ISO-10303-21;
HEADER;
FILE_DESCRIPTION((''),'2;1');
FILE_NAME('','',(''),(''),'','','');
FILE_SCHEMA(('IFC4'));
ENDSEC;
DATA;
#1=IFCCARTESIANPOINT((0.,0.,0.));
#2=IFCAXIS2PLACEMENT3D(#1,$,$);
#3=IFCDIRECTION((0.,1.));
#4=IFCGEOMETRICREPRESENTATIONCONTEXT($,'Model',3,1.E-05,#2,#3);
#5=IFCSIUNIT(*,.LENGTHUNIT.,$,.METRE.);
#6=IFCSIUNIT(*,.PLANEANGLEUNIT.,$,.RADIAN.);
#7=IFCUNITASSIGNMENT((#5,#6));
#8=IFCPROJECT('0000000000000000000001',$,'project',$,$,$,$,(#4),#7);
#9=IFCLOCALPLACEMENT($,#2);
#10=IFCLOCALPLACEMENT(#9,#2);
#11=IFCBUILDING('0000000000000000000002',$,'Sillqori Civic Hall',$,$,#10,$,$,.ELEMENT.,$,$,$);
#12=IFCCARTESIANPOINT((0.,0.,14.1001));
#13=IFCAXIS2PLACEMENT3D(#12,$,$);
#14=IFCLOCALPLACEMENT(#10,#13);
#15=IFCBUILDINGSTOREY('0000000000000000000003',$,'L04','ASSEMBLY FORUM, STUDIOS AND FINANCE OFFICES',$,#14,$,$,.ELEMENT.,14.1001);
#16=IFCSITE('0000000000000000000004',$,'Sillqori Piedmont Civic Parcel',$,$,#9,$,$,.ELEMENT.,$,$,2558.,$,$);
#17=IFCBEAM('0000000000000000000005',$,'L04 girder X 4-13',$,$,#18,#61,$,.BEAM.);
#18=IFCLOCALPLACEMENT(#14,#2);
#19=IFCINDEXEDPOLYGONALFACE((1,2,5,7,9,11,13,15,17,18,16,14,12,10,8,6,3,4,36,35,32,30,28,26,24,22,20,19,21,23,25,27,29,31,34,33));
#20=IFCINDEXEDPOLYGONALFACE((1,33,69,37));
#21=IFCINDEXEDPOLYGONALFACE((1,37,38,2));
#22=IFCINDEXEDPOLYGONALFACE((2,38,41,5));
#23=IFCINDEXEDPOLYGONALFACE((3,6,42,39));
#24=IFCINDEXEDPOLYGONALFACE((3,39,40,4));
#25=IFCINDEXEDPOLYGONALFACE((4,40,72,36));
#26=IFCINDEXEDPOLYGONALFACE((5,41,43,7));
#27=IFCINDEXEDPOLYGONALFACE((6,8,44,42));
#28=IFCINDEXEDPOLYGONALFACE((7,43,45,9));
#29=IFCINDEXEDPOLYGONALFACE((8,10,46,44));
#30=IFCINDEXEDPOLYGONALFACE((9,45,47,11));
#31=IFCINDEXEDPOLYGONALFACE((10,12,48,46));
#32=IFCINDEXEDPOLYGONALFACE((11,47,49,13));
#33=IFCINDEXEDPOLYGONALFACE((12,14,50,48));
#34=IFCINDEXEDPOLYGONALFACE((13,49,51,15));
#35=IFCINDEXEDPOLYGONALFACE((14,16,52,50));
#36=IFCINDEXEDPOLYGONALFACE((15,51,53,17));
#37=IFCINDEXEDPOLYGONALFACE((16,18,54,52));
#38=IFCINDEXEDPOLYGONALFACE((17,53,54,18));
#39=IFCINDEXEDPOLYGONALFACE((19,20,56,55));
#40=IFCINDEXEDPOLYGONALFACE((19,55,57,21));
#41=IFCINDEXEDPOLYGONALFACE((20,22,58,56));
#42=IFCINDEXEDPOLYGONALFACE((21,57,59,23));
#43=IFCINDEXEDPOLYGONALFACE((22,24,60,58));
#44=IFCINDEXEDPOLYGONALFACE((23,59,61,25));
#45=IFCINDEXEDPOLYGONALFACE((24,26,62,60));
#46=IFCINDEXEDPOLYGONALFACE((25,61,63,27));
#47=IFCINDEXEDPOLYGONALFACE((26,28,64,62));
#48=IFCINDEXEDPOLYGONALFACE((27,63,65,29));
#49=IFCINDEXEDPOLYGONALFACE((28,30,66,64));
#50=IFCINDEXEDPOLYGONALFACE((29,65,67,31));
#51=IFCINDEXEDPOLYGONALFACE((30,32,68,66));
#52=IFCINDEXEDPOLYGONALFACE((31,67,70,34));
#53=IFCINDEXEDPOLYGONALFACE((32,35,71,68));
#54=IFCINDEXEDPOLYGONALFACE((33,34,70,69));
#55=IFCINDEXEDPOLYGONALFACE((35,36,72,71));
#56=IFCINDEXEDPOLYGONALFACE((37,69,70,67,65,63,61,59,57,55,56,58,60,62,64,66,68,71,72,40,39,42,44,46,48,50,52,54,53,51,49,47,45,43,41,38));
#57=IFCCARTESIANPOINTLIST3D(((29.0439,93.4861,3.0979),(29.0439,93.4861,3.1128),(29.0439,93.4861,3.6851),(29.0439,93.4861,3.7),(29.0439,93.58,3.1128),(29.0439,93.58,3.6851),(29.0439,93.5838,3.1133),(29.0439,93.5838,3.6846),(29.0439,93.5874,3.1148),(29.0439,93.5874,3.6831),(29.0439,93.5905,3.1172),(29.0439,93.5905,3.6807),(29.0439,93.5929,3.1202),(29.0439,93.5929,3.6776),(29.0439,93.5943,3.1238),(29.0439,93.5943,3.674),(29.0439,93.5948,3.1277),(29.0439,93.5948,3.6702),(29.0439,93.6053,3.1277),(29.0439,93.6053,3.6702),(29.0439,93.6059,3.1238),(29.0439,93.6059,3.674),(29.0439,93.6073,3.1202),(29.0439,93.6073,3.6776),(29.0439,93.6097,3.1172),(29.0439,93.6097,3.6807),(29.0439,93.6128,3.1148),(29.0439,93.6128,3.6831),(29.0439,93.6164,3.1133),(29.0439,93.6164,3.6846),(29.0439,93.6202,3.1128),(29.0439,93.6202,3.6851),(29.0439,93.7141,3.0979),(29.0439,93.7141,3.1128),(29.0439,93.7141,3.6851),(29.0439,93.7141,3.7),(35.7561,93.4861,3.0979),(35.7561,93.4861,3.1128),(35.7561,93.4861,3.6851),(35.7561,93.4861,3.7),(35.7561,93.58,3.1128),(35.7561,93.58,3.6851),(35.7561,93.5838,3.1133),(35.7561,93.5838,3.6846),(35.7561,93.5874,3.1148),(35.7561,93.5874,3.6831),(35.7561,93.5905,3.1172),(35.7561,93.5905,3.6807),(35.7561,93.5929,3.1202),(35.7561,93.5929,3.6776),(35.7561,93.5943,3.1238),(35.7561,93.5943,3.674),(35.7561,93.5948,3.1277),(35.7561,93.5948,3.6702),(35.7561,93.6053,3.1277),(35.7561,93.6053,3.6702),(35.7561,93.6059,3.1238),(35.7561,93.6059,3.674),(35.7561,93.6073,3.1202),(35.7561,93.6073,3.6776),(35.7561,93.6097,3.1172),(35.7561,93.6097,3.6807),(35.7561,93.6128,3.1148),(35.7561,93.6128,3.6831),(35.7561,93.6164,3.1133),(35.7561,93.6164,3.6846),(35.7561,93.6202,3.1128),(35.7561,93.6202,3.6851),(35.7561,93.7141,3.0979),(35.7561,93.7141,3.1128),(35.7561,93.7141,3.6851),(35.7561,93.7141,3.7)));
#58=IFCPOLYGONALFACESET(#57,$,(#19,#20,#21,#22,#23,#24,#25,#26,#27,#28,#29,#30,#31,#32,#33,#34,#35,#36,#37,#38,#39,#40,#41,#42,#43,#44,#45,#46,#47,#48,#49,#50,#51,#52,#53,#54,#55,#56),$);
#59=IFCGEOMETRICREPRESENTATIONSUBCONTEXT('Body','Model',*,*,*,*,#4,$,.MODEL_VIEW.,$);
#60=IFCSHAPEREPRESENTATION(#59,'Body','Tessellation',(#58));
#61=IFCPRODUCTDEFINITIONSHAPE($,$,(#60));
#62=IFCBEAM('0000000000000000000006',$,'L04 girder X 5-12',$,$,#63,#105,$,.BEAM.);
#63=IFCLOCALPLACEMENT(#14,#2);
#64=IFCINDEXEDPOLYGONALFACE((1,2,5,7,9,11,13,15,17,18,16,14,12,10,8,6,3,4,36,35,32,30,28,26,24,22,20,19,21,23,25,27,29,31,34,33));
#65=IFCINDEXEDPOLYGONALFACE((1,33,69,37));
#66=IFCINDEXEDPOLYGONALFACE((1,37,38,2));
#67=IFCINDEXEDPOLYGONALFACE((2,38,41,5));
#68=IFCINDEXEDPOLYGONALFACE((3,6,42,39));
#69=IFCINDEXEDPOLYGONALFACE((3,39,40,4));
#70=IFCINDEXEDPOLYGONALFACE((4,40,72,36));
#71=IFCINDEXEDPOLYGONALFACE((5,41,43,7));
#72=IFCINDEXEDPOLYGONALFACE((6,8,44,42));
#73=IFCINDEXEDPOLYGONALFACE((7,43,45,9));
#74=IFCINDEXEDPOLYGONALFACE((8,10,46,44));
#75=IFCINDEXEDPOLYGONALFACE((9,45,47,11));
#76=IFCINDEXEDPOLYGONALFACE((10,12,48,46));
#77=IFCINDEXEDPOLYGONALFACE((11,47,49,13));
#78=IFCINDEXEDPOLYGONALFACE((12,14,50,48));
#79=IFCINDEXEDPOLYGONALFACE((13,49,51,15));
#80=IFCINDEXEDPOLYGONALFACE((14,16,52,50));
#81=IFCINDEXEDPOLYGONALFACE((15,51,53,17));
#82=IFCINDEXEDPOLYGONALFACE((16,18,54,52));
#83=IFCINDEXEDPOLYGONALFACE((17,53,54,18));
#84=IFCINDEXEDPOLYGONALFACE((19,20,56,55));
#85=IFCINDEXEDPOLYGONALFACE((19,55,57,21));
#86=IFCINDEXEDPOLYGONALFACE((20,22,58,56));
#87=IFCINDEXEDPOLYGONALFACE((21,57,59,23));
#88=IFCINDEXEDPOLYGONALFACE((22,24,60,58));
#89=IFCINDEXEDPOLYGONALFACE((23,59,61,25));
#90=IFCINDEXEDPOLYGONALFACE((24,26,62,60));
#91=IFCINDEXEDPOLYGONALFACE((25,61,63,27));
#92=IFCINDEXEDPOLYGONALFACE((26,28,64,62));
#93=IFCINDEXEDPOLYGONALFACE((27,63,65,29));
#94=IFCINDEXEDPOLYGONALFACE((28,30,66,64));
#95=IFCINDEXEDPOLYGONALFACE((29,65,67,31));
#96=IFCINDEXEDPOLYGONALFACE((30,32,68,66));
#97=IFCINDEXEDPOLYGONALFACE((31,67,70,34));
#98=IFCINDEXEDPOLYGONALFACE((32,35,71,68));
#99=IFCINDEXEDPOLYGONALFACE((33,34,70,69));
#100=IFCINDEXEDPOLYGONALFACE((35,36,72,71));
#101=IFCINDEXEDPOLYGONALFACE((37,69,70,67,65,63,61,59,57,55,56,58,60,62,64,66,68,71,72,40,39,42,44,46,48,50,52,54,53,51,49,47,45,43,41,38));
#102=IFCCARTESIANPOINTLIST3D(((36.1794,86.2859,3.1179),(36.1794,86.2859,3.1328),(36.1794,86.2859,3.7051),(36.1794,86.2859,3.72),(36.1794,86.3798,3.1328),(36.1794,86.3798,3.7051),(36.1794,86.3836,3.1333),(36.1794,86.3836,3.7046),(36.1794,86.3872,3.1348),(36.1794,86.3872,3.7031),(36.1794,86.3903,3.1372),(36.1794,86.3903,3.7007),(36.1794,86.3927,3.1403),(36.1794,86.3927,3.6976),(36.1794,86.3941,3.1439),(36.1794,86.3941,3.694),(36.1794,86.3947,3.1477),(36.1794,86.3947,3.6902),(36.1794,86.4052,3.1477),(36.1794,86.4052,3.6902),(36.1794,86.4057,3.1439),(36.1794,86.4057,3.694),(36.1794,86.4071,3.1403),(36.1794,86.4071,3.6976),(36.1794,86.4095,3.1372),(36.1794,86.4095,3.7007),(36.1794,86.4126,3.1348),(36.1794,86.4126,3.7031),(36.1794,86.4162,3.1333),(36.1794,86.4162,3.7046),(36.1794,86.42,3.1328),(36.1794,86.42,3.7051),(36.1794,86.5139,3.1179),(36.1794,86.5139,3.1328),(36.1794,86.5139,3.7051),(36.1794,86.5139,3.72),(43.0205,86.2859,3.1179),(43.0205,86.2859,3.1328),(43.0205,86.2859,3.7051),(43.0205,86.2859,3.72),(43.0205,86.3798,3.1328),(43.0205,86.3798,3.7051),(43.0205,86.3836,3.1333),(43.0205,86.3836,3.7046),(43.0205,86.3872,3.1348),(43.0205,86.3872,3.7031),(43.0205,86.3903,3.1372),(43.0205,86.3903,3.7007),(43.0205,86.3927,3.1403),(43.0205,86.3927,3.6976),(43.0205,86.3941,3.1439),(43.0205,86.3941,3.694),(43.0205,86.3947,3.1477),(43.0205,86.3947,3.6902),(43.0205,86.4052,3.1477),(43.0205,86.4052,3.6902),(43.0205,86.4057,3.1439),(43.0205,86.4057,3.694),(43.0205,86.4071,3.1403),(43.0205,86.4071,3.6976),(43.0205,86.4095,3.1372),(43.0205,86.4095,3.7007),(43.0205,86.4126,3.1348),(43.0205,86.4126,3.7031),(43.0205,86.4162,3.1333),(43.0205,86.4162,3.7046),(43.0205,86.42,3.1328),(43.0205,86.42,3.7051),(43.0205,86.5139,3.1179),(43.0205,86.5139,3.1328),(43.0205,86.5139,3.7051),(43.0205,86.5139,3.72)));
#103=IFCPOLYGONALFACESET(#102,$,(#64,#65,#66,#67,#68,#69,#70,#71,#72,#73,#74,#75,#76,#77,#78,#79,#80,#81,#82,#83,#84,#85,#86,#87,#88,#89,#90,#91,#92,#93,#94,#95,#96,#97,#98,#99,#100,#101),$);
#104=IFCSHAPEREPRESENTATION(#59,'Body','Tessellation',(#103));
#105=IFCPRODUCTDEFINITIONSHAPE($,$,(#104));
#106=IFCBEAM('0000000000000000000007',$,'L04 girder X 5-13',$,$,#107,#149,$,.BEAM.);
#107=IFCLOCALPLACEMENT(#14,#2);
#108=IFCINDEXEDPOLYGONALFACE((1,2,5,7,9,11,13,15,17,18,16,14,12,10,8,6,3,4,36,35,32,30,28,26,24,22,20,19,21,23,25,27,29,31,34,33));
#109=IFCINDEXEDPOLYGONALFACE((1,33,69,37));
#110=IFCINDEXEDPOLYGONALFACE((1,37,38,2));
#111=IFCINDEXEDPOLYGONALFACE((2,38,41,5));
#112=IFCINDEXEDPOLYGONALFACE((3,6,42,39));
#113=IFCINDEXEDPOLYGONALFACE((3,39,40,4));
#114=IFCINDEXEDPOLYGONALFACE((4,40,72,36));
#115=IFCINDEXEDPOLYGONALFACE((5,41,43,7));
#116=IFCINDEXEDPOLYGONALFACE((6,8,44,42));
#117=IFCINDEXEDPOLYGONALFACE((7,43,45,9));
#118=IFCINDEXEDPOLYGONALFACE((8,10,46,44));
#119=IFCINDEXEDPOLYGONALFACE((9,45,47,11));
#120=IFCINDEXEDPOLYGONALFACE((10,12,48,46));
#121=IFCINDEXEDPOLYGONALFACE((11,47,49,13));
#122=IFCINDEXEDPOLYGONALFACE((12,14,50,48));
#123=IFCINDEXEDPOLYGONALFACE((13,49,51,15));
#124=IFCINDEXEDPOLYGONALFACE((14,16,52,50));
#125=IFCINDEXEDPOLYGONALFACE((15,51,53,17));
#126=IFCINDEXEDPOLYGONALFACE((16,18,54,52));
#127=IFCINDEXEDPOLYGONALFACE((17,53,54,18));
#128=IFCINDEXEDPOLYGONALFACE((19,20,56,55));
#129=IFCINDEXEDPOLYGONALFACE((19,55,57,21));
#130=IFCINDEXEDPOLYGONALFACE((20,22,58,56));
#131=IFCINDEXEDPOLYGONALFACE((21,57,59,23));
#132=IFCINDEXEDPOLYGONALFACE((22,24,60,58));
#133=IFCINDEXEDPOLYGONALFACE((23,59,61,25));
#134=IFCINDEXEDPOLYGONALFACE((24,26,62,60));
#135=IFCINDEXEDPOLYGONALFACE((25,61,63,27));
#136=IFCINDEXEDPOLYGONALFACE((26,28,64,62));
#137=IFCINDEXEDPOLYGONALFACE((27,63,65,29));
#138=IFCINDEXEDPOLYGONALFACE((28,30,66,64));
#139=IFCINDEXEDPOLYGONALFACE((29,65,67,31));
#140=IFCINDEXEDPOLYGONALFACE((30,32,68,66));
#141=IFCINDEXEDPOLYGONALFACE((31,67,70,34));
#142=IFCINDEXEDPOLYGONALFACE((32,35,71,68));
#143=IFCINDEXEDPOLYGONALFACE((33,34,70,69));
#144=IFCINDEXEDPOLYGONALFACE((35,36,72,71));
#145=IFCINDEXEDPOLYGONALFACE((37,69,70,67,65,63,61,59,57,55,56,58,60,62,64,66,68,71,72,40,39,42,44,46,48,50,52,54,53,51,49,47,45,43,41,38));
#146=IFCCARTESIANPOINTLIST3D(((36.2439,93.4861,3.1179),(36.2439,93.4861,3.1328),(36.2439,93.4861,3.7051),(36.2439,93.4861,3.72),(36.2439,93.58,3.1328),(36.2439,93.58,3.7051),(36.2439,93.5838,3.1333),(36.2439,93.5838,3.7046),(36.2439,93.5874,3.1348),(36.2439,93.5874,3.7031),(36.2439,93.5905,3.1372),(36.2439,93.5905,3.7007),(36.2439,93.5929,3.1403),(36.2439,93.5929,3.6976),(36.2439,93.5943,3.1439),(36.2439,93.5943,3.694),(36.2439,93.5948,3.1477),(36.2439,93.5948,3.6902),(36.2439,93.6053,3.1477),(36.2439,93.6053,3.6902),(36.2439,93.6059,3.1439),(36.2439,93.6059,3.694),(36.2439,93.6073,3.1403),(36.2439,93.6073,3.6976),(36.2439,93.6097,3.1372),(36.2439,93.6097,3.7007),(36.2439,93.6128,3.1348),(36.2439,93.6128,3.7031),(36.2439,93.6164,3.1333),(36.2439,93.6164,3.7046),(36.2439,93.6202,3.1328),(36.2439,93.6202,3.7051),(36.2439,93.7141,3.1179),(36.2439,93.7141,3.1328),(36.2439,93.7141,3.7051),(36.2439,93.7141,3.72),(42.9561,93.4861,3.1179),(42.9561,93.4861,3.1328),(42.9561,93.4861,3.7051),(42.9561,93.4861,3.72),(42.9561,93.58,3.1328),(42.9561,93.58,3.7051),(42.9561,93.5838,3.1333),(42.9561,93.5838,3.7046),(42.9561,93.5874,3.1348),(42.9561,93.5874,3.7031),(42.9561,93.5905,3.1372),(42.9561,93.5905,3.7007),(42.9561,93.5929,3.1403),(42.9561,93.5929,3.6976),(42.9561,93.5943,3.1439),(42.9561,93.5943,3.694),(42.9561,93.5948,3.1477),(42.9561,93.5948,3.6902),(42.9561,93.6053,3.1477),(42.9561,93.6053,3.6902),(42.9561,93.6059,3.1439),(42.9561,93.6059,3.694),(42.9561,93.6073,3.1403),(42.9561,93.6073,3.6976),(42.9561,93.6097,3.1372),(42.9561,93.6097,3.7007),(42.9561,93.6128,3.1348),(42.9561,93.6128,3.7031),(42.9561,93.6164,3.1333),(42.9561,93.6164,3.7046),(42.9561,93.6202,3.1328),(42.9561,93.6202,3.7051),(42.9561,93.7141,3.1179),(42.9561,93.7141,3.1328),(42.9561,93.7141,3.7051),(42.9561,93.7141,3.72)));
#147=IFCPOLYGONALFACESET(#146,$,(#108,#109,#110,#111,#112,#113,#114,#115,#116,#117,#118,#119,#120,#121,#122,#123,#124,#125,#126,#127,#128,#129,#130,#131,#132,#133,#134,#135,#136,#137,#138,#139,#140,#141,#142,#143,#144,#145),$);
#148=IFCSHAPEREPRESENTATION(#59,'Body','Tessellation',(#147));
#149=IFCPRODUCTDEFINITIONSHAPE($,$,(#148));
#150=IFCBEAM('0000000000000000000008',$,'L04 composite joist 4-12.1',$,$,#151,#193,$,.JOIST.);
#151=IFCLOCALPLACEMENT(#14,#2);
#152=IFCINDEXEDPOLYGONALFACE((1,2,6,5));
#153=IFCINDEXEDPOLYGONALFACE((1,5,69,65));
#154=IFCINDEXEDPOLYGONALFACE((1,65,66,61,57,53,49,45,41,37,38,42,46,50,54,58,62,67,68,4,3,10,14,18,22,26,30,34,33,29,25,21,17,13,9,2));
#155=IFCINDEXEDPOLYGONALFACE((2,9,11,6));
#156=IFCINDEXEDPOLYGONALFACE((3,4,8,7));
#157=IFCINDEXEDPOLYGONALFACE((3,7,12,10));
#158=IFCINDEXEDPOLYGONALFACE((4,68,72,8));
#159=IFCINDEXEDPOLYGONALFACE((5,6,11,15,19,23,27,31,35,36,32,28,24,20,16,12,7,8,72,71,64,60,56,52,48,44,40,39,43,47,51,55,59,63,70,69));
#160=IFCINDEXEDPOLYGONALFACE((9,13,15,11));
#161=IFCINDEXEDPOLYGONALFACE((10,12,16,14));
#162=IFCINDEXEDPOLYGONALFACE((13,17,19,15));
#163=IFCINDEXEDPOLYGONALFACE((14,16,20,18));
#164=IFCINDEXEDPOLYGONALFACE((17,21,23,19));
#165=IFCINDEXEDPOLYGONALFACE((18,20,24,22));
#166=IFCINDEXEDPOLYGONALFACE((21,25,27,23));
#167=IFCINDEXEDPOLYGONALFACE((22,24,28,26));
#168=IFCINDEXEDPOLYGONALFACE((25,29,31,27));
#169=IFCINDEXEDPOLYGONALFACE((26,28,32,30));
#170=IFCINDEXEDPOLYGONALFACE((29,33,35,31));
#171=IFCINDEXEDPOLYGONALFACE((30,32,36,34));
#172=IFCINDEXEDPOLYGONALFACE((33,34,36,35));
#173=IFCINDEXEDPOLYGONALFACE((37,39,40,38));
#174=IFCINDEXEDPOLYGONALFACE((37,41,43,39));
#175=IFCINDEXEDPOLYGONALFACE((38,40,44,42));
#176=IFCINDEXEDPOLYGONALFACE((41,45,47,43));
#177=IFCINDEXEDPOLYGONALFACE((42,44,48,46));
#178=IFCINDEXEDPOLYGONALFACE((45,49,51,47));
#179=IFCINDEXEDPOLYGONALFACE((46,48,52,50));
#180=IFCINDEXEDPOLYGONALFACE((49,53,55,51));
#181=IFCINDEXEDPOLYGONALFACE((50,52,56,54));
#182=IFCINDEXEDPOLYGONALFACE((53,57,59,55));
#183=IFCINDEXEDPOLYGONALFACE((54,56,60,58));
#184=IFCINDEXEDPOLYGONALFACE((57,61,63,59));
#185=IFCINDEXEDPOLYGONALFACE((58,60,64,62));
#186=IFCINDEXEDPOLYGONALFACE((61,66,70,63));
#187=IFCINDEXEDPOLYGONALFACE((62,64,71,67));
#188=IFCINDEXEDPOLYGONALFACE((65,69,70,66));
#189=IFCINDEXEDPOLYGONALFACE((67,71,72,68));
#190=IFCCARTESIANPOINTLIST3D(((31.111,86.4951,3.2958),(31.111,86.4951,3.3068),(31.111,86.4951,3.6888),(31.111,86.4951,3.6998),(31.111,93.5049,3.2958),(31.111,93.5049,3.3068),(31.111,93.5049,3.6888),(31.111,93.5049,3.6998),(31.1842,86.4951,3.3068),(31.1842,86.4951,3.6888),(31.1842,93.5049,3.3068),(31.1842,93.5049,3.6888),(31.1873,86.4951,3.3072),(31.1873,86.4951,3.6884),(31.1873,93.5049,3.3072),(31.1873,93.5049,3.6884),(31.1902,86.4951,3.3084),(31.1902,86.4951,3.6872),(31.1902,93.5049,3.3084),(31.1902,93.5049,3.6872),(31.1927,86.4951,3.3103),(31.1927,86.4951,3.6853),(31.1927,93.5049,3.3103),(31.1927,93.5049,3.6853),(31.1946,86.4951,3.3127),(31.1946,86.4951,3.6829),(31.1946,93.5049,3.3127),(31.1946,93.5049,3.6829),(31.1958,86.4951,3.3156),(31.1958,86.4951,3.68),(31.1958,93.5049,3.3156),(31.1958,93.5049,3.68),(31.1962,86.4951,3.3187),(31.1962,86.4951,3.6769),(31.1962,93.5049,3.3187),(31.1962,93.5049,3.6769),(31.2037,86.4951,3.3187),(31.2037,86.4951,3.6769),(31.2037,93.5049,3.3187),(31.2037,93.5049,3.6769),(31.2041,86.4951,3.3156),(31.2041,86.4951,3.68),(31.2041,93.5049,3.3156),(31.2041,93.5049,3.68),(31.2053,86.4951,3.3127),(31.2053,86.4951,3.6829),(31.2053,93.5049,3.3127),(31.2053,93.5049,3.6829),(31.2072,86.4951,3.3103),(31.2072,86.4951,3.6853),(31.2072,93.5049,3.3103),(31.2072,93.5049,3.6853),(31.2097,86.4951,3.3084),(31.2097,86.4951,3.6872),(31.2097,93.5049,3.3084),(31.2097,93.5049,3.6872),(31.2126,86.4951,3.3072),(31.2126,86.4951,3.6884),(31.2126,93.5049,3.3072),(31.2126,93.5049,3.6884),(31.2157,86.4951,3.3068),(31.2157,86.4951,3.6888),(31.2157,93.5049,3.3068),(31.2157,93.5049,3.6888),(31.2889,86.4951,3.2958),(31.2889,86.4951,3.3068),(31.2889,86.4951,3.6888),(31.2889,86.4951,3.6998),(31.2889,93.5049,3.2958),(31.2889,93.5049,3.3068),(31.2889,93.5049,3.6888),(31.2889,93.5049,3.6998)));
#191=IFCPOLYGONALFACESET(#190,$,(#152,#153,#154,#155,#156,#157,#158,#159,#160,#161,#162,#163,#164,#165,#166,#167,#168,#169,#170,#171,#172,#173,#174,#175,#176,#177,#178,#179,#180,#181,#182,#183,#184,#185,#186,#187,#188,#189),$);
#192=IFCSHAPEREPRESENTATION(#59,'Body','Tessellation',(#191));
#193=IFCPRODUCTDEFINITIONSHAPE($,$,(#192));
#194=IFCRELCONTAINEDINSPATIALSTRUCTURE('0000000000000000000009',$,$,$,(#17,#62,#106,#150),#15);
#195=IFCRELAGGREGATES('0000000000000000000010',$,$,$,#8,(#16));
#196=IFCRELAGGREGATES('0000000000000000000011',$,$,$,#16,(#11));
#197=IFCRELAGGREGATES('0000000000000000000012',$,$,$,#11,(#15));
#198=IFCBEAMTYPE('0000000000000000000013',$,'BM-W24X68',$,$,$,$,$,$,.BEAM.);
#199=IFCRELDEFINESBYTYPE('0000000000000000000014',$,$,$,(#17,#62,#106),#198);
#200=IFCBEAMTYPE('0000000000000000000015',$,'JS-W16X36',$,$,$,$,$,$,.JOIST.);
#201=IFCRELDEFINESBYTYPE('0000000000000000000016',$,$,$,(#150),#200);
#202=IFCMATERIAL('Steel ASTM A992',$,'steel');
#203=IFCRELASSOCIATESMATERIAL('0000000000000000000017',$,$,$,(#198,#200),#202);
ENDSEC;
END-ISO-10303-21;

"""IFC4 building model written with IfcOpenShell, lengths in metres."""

from ifc_helpers import new_model, si_unit, direction, frame, origin, origin_2d, place, context, subcontext, project, spatial, i_section, extrude, material, material_profile, profile_set, type_object, element, save


model = new_model("IFC4")

# Units and contexts
model_context = context("Model", 3, precision=1e-05, world=origin(), true_north=direction((0.0, 1.0)))
body_context = subcontext(model_context, "Body", "Model", "MODEL_VIEW")
ifc_project = project(units=[si_unit("LENGTHUNIT", "METRE"), si_unit("PLANEANGLEUNIT", "RADIAN")], contexts=[model_context])

# Site, building, storey
site_placement = place(None, origin())
site = spatial("IfcSite", under=ifc_project, at=site_placement, Name="Sillqori Piedmont Civic Parcel", CompositionType="ELEMENT", RefElevation=2558.0)
building_placement = place(site_placement, origin())
building = spatial("IfcBuilding", under=site, at=building_placement, Name="Sillqori Civic Hall", CompositionType="ELEMENT")
storey_placement = place(building_placement, frame((0.0, 0.0, 14.1001)))
storey = spatial("IfcBuildingStorey", under=building, at=storey_placement, Name="L04", Description="ASSEMBLY FORUM, STUDIOS AND FINANCE OFFICES", CompositionType="ELEMENT", Elevation=14.1001)

# Shared definitions
ifc_material_1 = material(Name="Steel ASTM A992", Category="steel")

# Beams
ifc_material_profile_1 = material_profile(ifc_material_1, i_section(OverallWidth=0.228, OverallDepth=0.6021, WebThickness=0.0105, FlangeThickness=0.0149, FilletRadius=0.0149, at=origin_2d()), Name="W24X68")
ifc_profile_set_1 = profile_set([ifc_material_profile_1], Name="Steel ASTM A992")
beam_type_1 = type_object("IfcBeamType", Name="BM-W24X68", PredefinedType="BEAM", material=ifc_profile_set_1)
beam_1_placement = place(storey_placement, frame((29.0439, 93.6001, 3.3989), z_axis=(1.0, 0.0, 0.0), x_axis=(0.0, 1.0, 0.0)))
element("IfcBeam", 1, at=beam_1_placement, inside=storey, type_object=beam_type_1, Name="L04 girder X 4-13", PredefinedType="BEAM", context=body_context, shape_type="SweptSolid", body=[
    extrude(i_section(OverallWidth=0.228, OverallDepth=0.6021, WebThickness=0.0105, FlangeThickness=0.0149, FilletRadius=0.0149, at=origin_2d()), origin(), (0.0, 0.0, 1.0), 6.7122),
])
beam_2_placement = place(storey_placement, frame((36.1794, 86.3999, 3.4189), z_axis=(1.0, 0.0, 0.0), x_axis=(0.0, 1.0, 0.0)))
element("IfcBeam", 2, at=beam_2_placement, inside=storey, type_object=beam_type_1, Name="L04 girder X 5-12", PredefinedType="BEAM", context=body_context, shape_type="SweptSolid", body=[
    extrude(i_section(OverallWidth=0.228, OverallDepth=0.6021, WebThickness=0.0105, FlangeThickness=0.0149, FilletRadius=0.0149, at=origin_2d()), origin(), (0.0, 0.0, 1.0), 6.8411),
])
beam_3_placement = place(storey_placement, frame((36.2439, 93.6001, 3.4189), z_axis=(1.0, 0.0, 0.0), x_axis=(0.0, 1.0, 0.0)))
element("IfcBeam", 3, at=beam_3_placement, inside=storey, type_object=beam_type_1, Name="L04 girder X 5-13", PredefinedType="BEAM", context=body_context, shape_type="SweptSolid", body=[
    extrude(i_section(OverallWidth=0.228, OverallDepth=0.6021, WebThickness=0.0105, FlangeThickness=0.0149, FilletRadius=0.0149, at=origin_2d()), origin(), (0.0, 0.0, 1.0), 6.7122),
])

# Beam
ifc_material_profile_2 = material_profile(ifc_material_1, i_section(OverallWidth=0.178, OverallDepth=0.4041, WebThickness=0.0076, FlangeThickness=0.011, FilletRadius=0.012, at=origin_2d()), Name="W16X36")
ifc_profile_set_2 = profile_set([ifc_material_profile_2], Name="Steel ASTM A992")
beam_type_2 = type_object("IfcBeamType", Name="JS-W16X36", PredefinedType="JOIST", material=ifc_profile_set_2)
for number, where, z_axis, x_axis, name in (
    (4, (31.2, 86.4951, 3.4978), (0.0, 1.0, 0.0), (-1.0, 0.0, 0.0), "L04 composite joist 4-12.1"),
):
    element("IfcBeam", number, at=place(storey_placement, frame(where, z_axis=z_axis, x_axis=x_axis)), inside=storey, type_object=beam_type_2, Name=name, PredefinedType="JOIST", context=body_context, shape_type="SweptSolid", body=[
        extrude(i_section(OverallWidth=0.178, OverallDepth=0.4041, WebThickness=0.0076, FlangeThickness=0.011, FilletRadius=0.012, at=origin_2d()), origin(), (0.0, 0.0, 1.0), 7.0098),
    ])

save(model, "model.ifc")
